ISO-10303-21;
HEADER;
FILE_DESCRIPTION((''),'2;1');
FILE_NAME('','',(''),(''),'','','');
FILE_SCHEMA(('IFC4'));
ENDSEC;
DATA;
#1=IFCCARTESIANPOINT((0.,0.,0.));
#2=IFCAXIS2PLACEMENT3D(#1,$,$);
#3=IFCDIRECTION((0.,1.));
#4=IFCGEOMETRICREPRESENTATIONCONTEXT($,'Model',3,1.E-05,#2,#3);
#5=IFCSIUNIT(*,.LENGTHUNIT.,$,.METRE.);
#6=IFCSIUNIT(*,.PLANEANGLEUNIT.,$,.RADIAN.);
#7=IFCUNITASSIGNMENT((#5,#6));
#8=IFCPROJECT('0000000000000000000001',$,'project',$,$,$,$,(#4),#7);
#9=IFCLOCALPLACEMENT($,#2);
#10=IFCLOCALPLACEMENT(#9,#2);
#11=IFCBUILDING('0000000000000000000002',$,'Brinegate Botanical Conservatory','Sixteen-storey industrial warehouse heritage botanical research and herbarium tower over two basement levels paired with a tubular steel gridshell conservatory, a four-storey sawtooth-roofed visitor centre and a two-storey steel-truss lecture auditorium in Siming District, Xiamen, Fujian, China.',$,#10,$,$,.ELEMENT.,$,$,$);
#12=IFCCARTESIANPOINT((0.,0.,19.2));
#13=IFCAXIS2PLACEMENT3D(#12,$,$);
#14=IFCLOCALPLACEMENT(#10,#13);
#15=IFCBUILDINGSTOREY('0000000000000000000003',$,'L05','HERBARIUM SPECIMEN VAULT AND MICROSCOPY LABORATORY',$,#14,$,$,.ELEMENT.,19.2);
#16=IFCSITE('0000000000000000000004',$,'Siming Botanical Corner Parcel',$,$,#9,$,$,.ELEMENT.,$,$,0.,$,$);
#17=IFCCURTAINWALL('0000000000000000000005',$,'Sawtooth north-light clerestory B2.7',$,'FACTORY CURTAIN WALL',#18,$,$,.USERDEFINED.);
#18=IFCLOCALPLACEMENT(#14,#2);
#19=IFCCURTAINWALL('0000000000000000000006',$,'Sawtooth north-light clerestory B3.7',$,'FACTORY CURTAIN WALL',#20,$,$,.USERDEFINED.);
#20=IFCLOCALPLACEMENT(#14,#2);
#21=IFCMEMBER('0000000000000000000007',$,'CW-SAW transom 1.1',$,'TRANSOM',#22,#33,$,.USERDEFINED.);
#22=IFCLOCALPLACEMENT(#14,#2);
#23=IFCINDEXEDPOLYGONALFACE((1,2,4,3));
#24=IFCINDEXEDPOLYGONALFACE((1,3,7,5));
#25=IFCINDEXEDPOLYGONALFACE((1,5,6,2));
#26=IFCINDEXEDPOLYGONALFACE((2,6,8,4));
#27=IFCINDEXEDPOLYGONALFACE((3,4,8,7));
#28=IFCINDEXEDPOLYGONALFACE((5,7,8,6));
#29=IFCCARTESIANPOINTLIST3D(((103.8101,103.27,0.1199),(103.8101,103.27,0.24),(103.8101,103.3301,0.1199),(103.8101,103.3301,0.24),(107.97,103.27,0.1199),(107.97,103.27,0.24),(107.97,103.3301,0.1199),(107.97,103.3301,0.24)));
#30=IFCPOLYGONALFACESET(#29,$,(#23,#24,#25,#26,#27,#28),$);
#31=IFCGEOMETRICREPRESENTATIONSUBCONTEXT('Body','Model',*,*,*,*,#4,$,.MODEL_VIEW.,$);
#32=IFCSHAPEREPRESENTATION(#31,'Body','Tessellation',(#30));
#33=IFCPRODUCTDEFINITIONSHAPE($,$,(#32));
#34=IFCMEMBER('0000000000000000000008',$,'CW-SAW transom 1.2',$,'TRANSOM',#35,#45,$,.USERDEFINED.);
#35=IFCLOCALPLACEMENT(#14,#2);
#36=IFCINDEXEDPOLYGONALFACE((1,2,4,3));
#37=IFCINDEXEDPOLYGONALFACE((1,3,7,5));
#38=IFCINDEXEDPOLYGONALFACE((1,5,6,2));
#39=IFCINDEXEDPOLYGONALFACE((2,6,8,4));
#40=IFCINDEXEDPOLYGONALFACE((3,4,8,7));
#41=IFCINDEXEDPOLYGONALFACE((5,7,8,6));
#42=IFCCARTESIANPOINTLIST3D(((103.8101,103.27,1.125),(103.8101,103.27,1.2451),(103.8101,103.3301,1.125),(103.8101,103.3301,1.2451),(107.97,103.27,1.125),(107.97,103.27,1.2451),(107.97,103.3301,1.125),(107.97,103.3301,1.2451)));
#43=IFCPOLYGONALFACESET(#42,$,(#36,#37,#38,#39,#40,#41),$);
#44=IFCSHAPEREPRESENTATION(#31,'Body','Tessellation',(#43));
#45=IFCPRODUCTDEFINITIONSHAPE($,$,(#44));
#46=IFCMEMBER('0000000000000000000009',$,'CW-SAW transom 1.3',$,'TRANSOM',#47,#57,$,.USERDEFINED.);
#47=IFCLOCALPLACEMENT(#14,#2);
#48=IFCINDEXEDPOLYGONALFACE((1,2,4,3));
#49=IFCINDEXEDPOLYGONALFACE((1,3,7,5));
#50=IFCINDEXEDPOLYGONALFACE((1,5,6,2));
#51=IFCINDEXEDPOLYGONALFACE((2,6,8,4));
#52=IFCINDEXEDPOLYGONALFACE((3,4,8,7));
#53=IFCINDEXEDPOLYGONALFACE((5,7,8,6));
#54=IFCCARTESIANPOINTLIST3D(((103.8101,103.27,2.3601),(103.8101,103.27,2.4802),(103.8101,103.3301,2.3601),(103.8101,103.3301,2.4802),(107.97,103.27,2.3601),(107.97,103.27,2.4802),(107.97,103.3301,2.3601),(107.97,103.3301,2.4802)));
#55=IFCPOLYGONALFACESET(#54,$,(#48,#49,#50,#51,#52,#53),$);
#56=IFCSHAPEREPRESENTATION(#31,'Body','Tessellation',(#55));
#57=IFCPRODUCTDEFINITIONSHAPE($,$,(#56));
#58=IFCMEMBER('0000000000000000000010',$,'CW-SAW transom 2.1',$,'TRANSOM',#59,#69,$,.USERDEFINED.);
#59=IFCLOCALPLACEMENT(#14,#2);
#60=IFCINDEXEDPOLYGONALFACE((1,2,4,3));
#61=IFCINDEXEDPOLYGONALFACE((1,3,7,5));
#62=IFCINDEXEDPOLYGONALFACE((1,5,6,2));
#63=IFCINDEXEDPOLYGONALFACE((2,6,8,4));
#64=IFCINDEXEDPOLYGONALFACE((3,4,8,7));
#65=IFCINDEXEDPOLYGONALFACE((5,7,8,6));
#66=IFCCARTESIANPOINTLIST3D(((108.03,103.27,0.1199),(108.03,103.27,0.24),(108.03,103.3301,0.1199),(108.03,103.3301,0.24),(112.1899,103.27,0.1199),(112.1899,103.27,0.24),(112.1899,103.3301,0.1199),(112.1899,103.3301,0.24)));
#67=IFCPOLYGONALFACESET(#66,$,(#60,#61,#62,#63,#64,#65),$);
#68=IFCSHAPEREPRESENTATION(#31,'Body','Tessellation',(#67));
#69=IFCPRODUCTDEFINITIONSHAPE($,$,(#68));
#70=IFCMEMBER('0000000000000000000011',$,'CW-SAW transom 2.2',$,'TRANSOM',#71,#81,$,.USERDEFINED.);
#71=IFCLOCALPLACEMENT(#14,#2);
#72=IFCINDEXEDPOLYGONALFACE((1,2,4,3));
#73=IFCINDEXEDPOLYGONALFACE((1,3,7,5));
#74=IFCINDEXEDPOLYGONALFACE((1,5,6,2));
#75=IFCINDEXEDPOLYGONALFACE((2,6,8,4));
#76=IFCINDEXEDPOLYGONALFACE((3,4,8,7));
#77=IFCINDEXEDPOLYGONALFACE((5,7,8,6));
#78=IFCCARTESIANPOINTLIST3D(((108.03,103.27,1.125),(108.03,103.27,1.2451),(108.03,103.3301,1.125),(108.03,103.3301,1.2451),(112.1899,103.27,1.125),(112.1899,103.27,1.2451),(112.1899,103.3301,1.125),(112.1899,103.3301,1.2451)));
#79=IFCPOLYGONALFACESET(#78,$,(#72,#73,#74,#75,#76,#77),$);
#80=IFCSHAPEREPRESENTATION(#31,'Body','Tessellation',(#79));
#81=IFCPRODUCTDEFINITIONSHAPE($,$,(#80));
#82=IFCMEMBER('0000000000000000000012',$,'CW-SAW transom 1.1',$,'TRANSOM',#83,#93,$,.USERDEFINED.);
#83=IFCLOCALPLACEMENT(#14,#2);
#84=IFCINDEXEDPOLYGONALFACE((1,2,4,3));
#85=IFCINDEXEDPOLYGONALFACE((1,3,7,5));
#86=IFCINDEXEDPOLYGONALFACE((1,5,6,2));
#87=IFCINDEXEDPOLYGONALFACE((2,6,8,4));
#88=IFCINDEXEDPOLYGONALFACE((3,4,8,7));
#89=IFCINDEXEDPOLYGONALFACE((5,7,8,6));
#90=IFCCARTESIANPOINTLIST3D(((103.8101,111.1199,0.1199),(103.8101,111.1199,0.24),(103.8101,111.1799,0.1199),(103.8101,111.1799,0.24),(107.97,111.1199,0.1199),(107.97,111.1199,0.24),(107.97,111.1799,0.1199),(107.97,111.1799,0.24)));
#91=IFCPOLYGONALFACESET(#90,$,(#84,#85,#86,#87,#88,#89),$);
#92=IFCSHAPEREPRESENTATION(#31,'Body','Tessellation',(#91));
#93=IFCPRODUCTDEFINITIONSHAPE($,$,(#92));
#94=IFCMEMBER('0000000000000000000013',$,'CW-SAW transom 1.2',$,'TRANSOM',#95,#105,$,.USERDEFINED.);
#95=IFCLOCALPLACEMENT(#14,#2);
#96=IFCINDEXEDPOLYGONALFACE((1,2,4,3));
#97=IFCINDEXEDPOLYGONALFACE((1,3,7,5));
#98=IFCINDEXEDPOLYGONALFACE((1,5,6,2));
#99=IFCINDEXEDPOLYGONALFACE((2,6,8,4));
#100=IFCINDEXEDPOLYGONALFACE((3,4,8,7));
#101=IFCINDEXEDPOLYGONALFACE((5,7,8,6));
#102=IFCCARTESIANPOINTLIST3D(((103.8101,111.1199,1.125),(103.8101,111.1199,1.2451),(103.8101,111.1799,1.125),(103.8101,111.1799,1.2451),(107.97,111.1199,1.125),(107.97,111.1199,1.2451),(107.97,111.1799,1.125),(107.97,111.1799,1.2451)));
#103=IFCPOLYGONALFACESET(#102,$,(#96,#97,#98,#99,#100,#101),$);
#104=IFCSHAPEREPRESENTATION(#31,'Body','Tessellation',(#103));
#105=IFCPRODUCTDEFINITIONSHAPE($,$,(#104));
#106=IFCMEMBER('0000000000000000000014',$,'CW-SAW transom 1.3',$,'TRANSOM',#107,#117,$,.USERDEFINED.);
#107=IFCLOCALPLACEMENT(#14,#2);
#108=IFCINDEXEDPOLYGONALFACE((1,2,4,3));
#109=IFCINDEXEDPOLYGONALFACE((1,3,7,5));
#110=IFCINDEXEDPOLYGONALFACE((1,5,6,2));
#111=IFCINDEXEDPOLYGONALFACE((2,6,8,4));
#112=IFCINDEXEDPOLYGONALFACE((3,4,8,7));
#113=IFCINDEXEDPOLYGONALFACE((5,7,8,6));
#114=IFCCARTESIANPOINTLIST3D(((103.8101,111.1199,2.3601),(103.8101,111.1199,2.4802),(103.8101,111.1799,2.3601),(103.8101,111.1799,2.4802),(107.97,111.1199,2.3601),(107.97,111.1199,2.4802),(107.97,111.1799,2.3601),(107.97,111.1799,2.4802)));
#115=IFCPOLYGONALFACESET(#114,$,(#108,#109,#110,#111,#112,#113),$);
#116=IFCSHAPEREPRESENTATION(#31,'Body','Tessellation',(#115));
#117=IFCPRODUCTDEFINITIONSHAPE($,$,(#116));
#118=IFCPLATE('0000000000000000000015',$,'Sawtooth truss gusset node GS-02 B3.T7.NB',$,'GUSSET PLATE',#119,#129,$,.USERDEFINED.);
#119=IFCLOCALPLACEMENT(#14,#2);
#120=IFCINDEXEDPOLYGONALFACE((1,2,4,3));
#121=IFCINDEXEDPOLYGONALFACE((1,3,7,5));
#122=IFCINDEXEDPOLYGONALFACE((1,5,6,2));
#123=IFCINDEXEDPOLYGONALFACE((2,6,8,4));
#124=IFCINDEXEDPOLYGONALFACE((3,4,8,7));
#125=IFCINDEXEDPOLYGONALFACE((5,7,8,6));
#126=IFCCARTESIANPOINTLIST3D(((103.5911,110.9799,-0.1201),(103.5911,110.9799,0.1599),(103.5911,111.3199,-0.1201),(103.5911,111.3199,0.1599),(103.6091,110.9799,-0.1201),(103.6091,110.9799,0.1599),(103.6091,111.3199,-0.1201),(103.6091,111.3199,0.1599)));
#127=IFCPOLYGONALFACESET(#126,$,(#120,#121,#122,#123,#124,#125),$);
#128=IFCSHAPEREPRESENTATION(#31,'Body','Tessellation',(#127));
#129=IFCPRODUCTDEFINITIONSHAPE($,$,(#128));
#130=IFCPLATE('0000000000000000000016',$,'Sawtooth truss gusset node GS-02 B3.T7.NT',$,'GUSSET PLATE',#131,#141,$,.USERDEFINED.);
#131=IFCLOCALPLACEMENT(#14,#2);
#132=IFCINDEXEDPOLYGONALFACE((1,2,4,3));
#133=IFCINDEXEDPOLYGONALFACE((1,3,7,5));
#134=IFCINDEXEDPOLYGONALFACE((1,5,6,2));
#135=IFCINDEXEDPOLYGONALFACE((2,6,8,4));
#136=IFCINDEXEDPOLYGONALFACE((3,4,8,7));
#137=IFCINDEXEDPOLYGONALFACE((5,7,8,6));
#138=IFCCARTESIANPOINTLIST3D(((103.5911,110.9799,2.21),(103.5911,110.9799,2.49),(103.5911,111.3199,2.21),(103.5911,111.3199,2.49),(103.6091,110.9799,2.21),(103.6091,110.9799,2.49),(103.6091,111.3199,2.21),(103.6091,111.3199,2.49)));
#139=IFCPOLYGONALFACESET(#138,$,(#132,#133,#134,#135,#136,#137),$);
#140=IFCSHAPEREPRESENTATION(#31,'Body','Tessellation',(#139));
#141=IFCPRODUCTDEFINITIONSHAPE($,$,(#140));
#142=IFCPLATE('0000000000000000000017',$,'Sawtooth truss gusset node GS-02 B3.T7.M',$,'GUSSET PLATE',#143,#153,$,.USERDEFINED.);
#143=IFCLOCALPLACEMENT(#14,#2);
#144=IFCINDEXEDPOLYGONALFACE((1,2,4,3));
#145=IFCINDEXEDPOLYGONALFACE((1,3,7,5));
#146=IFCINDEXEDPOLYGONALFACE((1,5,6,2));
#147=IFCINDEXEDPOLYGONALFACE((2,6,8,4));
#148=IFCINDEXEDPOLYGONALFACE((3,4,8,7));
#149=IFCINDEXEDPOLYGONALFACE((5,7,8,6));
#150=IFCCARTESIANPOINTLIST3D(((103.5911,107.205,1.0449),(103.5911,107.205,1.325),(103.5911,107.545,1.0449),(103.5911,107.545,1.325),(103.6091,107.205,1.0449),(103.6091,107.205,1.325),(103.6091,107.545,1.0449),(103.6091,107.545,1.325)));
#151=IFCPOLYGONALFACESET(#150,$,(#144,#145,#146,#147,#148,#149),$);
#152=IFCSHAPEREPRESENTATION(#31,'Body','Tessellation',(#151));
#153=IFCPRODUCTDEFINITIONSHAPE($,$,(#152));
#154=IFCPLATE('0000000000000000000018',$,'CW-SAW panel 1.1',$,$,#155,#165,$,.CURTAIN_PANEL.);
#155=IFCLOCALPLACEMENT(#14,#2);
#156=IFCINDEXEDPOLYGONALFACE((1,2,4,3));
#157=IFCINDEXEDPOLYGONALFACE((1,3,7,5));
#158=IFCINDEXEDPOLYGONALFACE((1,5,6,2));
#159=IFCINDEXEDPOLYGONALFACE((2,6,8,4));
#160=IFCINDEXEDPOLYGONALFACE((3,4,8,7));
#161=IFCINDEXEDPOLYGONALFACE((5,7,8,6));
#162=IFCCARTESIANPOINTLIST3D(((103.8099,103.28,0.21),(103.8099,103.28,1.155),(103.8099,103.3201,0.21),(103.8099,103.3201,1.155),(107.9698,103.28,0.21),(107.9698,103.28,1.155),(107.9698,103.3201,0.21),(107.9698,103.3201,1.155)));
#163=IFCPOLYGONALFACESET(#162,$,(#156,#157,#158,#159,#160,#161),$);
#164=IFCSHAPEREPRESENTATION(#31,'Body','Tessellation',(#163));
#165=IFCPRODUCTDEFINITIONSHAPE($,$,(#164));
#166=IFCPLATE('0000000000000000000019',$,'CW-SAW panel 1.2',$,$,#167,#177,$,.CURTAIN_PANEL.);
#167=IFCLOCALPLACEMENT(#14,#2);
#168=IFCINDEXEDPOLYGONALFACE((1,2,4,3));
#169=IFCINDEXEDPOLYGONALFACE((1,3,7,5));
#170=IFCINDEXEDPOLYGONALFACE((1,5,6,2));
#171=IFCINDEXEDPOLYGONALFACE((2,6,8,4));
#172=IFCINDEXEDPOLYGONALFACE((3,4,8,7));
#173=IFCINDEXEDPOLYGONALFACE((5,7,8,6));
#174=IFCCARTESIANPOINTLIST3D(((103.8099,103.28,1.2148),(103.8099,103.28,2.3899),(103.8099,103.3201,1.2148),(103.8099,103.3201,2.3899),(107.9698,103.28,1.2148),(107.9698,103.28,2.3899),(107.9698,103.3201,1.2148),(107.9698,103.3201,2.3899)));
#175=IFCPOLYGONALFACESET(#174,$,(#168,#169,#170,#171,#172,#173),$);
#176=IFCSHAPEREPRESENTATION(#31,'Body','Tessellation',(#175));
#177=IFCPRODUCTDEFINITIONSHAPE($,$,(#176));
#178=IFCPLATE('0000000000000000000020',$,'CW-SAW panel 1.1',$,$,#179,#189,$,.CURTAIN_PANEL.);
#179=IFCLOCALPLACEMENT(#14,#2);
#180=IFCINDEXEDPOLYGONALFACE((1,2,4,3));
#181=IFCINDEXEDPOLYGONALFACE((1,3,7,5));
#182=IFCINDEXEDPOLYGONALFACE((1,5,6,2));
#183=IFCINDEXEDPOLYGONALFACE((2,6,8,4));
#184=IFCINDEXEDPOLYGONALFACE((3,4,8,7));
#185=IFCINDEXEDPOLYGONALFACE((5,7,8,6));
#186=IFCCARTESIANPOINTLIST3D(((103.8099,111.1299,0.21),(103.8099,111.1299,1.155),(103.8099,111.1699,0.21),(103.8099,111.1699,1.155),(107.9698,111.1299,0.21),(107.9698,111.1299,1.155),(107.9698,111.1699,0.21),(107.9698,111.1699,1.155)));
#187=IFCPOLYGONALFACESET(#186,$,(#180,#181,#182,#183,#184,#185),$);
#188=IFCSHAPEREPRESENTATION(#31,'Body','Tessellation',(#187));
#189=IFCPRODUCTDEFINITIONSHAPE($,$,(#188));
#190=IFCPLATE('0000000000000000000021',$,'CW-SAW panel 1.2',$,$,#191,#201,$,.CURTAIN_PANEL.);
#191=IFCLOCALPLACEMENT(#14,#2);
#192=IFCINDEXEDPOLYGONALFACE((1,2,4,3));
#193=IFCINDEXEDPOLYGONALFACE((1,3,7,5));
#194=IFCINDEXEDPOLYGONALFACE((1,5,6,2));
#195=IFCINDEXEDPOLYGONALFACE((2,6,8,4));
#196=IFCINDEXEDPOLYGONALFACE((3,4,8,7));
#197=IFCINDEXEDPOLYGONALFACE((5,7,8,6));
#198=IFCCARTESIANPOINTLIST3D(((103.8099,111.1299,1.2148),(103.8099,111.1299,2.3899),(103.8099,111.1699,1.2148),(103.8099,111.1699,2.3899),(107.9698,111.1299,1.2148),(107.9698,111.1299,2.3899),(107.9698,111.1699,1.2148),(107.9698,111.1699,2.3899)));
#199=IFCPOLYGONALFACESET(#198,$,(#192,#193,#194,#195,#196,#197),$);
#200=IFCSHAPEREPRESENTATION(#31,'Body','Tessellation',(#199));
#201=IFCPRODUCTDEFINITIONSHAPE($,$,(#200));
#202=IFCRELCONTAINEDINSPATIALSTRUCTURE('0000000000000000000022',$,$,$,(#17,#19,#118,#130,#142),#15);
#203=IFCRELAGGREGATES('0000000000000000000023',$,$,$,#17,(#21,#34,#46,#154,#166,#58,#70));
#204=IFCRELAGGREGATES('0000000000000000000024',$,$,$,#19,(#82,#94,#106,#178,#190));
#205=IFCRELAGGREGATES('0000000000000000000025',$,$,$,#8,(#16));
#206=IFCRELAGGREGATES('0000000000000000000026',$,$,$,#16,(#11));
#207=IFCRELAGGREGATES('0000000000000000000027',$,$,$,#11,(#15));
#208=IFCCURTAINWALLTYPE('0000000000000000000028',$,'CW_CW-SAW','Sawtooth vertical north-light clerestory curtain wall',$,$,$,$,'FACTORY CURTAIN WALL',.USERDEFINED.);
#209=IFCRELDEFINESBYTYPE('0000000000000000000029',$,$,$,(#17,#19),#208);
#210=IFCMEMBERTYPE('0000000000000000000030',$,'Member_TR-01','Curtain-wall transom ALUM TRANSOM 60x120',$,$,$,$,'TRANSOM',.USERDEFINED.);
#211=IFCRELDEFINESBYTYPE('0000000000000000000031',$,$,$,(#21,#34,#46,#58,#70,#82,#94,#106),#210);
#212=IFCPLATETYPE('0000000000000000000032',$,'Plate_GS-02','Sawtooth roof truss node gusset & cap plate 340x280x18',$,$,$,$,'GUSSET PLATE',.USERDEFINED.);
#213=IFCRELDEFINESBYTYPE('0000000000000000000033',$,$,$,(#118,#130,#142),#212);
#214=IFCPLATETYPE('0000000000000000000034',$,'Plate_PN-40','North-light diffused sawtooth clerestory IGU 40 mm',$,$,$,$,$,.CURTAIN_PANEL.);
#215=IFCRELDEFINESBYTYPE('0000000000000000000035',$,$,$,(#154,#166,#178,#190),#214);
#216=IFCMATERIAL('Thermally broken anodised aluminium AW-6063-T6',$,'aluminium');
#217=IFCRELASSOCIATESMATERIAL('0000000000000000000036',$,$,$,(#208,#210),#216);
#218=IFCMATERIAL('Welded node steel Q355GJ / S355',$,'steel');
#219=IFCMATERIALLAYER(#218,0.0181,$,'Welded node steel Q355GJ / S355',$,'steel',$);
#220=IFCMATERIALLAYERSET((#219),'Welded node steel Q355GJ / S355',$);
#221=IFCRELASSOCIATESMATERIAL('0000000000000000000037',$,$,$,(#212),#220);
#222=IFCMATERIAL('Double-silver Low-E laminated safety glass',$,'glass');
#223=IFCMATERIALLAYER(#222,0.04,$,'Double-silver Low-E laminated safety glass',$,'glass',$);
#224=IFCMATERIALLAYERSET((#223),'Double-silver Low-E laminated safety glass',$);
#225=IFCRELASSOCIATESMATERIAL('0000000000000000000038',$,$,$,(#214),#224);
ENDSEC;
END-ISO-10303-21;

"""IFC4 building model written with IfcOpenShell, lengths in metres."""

from ifc_helpers import new_model, si_unit, direction, frame, origin, origin_2d, place, context, subcontext, project, spatial, rectangle, extrude, material, layer, layer_set, material_profile, profile_set, type_object, element, aggregate, save


model = new_model("IFC4")

# Units and contexts
model_context = context("Model", 3, precision=1e-05, world=origin(), true_north=direction((0.0, 1.0)))
body_context = subcontext(model_context, "Body", "Model", "MODEL_VIEW")
ifc_project = project(units=[si_unit("LENGTHUNIT", "METRE"), si_unit("PLANEANGLEUNIT", "RADIAN")], contexts=[model_context])

# Site, building, storey
site_placement = place(None, origin())
site = spatial("IfcSite", under=ifc_project, at=site_placement, Name="Siming Botanical Corner Parcel", CompositionType="ELEMENT", RefElevation=0.0)
building_placement = place(site_placement, origin())
building = spatial("IfcBuilding", under=site, at=building_placement, Name="Brinegate Botanical Conservatory", Description="Sixteen-storey industrial warehouse heritage botanical research and herbarium tower over two basement levels paired with a tubular steel gridshell conservatory, a four-storey sawtooth-roofed visitor centre and a two-storey steel-truss lecture auditorium in Siming District, Xiamen, Fujian, China.", CompositionType="ELEMENT")
storey_placement = place(building_placement, frame((0.0, 0.0, 19.2)))
storey = spatial("IfcBuildingStorey", under=building, at=storey_placement, Name="L05", Description="HERBARIUM SPECIMEN VAULT AND MICROSCOPY LABORATORY", CompositionType="ELEMENT", Elevation=19.2)

# Curtain walls
ifc_material_1 = material(Name="Thermally broken anodised aluminium AW-6063-T6", Category="aluminium")
curtain_wall_type = type_object("IfcCurtainWallType", Name="CW_CW-SAW", Description="Sawtooth vertical north-light clerestory curtain wall", ElementType="FACTORY CURTAIN WALL", PredefinedType="USERDEFINED", material=ifc_material_1)
curtain_wall_1_placement = place(storey_placement, origin())
curtain_wall_1 = element("IfcCurtainWall", 1, at=curtain_wall_1_placement, inside=storey, type_object=curtain_wall_type, Name="Sawtooth north-light clerestory B2.7", ObjectType="FACTORY CURTAIN WALL", PredefinedType="USERDEFINED")
curtain_wall_2_placement = place(storey_placement, origin())
curtain_wall_2 = element("IfcCurtainWall", 2, at=curtain_wall_2_placement, inside=storey, type_object=curtain_wall_type, Name="Sawtooth north-light clerestory B3.7", ObjectType="FACTORY CURTAIN WALL", PredefinedType="USERDEFINED")

# Members
ifc_material_profile_1 = material_profile(ifc_material_1, rectangle(XDim=0.0601, YDim=0.1201, at=origin_2d()), Name="ALUM TRANSOM 60x120")
ifc_profile_set_1 = profile_set([ifc_material_profile_1], Name="Thermally broken anodised aluminium AW-6063-T6")
member_type_1 = type_object("IfcMemberType", Name="Member_TR-01", Description="Curtain-wall transom ALUM TRANSOM 60x120", ElementType="TRANSOM", PredefinedType="USERDEFINED", material=ifc_profile_set_1)
member_1_placement = place(storey_placement, frame((103.8101, 103.3, 0.1799), z_axis=(1.0, 0.0, 0.0), x_axis=(0.0, 1.0, 0.0)))
member_1 = element("IfcMember", 3, at=member_1_placement, type_object=member_type_1, Name="CW-SAW transom 1.1", ObjectType="TRANSOM", PredefinedType="USERDEFINED", context=body_context, shape_type="SweptSolid", body=[
    extrude(rectangle(XDim=0.0601, YDim=0.1201, at=origin_2d()), origin(), (0.0, 0.0, 1.0), 4.1599),
])
member_2_placement = place(storey_placement, frame((103.8101, 103.3, 1.1851), z_axis=(1.0, 0.0, 0.0), x_axis=(0.0, 1.0, 0.0)))
member_2 = element("IfcMember", 4, at=member_2_placement, type_object=member_type_1, Name="CW-SAW transom 1.2", ObjectType="TRANSOM", PredefinedType="USERDEFINED", context=body_context, shape_type="SweptSolid", body=[
    extrude(rectangle(XDim=0.0601, YDim=0.1201, at=origin_2d()), origin(), (0.0, 0.0, 1.0), 4.1599),
])
member_3_placement = place(storey_placement, frame((103.8101, 103.3, 2.4202), z_axis=(1.0, 0.0, 0.0), x_axis=(0.0, 1.0, 0.0)))
member_3 = element("IfcMember", 5, at=member_3_placement, type_object=member_type_1, Name="CW-SAW transom 1.3", ObjectType="TRANSOM", PredefinedType="USERDEFINED", context=body_context, shape_type="SweptSolid", body=[
    extrude(rectangle(XDim=0.0601, YDim=0.1201, at=origin_2d()), origin(), (0.0, 0.0, 1.0), 4.1599),
])
member_4_placement = place(storey_placement, frame((108.03, 103.3, 0.1799), z_axis=(1.0, 0.0, 0.0), x_axis=(0.0, 1.0, 0.0)))
member_4 = element("IfcMember", 6, at=member_4_placement, type_object=member_type_1, Name="CW-SAW transom 2.1", ObjectType="TRANSOM", PredefinedType="USERDEFINED", context=body_context, shape_type="SweptSolid", body=[
    extrude(rectangle(XDim=0.0601, YDim=0.1201, at=origin_2d()), origin(), (0.0, 0.0, 1.0), 4.1599),
])
member_5_placement = place(storey_placement, frame((108.03, 103.3, 1.1851), z_axis=(1.0, 0.0, 0.0), x_axis=(0.0, 1.0, 0.0)))
member_5 = element("IfcMember", 7, at=member_5_placement, type_object=member_type_1, Name="CW-SAW transom 2.2", ObjectType="TRANSOM", PredefinedType="USERDEFINED", context=body_context, shape_type="SweptSolid", body=[
    extrude(rectangle(XDim=0.0601, YDim=0.1201, at=origin_2d()), origin(), (0.0, 0.0, 1.0), 4.1599),
])
member_6_placement = place(storey_placement, frame((103.8101, 111.1499, 0.1799), z_axis=(1.0, 0.0, 0.0), x_axis=(0.0, 1.0, 0.0)))
member_6 = element("IfcMember", 8, at=member_6_placement, type_object=member_type_1, Name="CW-SAW transom 1.1", ObjectType="TRANSOM", PredefinedType="USERDEFINED", context=body_context, shape_type="SweptSolid", body=[
    extrude(rectangle(XDim=0.0601, YDim=0.1201, at=origin_2d()), origin(), (0.0, 0.0, 1.0), 4.1599),
])
member_7_placement = place(storey_placement, frame((103.8101, 111.1499, 1.1851), z_axis=(1.0, 0.0, 0.0), x_axis=(0.0, 1.0, 0.0)))
member_7 = element("IfcMember", 9, at=member_7_placement, type_object=member_type_1, Name="CW-SAW transom 1.2", ObjectType="TRANSOM", PredefinedType="USERDEFINED", context=body_context, shape_type="SweptSolid", body=[
    extrude(rectangle(XDim=0.0601, YDim=0.1201, at=origin_2d()), origin(), (0.0, 0.0, 1.0), 4.1599),
])
member_8_placement = place(storey_placement, frame((103.8101, 111.1499, 2.4202), z_axis=(1.0, 0.0, 0.0), x_axis=(0.0, 1.0, 0.0)))
member_8 = element("IfcMember", 10, at=member_8_placement, type_object=member_type_1, Name="CW-SAW transom 1.3", ObjectType="TRANSOM", PredefinedType="USERDEFINED", context=body_context, shape_type="SweptSolid", body=[
    extrude(rectangle(XDim=0.0601, YDim=0.1201, at=origin_2d()), origin(), (0.0, 0.0, 1.0), 4.1599),
])

# Plates
ifc_material_2 = material(Name="Welded node steel Q355GJ / S355", Category="steel")
ifc_layer_1 = layer(ifc_material_2, 0.0181, Name="Welded node steel Q355GJ / S355", Category="steel")
ifc_layer_set_1 = layer_set([ifc_layer_1], Name="Welded node steel Q355GJ / S355")
plate_type_1 = type_object("IfcPlateType", Name="Plate_GS-02", Description="Sawtooth roof truss node gusset & cap plate 340x280x18", ElementType="GUSSET PLATE", PredefinedType="USERDEFINED", material=ifc_layer_set_1)
for number, where, z_axis, x_axis, name in (
    (11, (103.6001, 111.1499, -0.1201), (0.0, 0.0, 1.0), (1.0, 0.0, 0.0), "Sawtooth truss gusset node GS-02 B3.T7.NB"),
    (12, (103.6001, 111.1499, 2.21), (0.0, 0.0, 1.0), (1.0, 0.0, 0.0), "Sawtooth truss gusset node GS-02 B3.T7.NT"),
    (13, (103.6001, 107.375, 1.0449), (0.0, 0.0, 1.0), (1.0, 0.0, 0.0), "Sawtooth truss gusset node GS-02 B3.T7.M"),
):
    element("IfcPlate", number, at=place(storey_placement, frame(where, z_axis=z_axis, x_axis=x_axis)), inside=storey, type_object=plate_type_1, Name=name, ObjectType="GUSSET PLATE", PredefinedType="USERDEFINED", context=body_context, shape_type="SweptSolid", body=[
        extrude(rectangle(XDim=0.0181, YDim=0.3401, at=origin_2d()), origin(), (0.0, 0.0, 1.0), 0.28),
    ])

# Plates
ifc_material_3 = material(Name="Double-silver Low-E laminated safety glass", Category="glass")
ifc_layer_2 = layer(ifc_material_3, 0.04, Name="Double-silver Low-E laminated safety glass", Category="glass")
ifc_layer_set_2 = layer_set([ifc_layer_2], Name="Double-silver Low-E laminated safety glass")
plate_type_2 = type_object("IfcPlateType", Name="Plate_PN-40", Description="North-light diffused sawtooth clerestory IGU 40 mm", PredefinedType="CURTAIN_PANEL", material=ifc_layer_set_2)
plate_1_placement = place(storey_placement, frame((105.8899, 103.3, 0.21), z_axis=(0.0, 0.0, 1.0), x_axis=(1.0, 0.0, 0.0)))
plate_1 = element("IfcPlate", 14, at=plate_1_placement, type_object=plate_type_2, Name="CW-SAW panel 1.1", PredefinedType="CURTAIN_PANEL", context=body_context, shape_type="SweptSolid", body=[
    extrude(rectangle(XDim=4.1599, YDim=0.04, at=origin_2d()), origin(), (0.0, 0.0, 1.0), 0.9451),
])
plate_2_placement = place(storey_placement, frame((105.8899, 103.3, 1.2148), z_axis=(0.0, 0.0, 1.0), x_axis=(1.0, 0.0, 0.0)))
plate_2 = element("IfcPlate", 15, at=plate_2_placement, type_object=plate_type_2, Name="CW-SAW panel 1.2", PredefinedType="CURTAIN_PANEL", context=body_context, shape_type="SweptSolid", body=[
    extrude(rectangle(XDim=4.1599, YDim=0.04, at=origin_2d()), origin(), (0.0, 0.0, 1.0), 1.175),
])
aggregate(curtain_wall_1, [member_1, member_2, member_3, plate_1, plate_2, member_4, member_5])
plate_3_placement = place(storey_placement, frame((105.8899, 111.1499, 0.21), z_axis=(0.0, 0.0, 1.0), x_axis=(1.0, 0.0, 0.0)))
plate_3 = element("IfcPlate", 16, at=plate_3_placement, type_object=plate_type_2, Name="CW-SAW panel 1.1", PredefinedType="CURTAIN_PANEL", context=body_context, shape_type="SweptSolid", body=[
    extrude(rectangle(XDim=4.1599, YDim=0.04, at=origin_2d()), origin(), (0.0, 0.0, 1.0), 0.9451),
])
plate_4_placement = place(storey_placement, frame((105.8899, 111.1499, 1.2148), z_axis=(0.0, 0.0, 1.0), x_axis=(1.0, 0.0, 0.0)))
plate_4 = element("IfcPlate", 17, at=plate_4_placement, type_object=plate_type_2, Name="CW-SAW panel 1.2", PredefinedType="CURTAIN_PANEL", context=body_context, shape_type="SweptSolid", body=[
    extrude(rectangle(XDim=4.1599, YDim=0.04, at=origin_2d()), origin(), (0.0, 0.0, 1.0), 1.175),
])
aggregate(curtain_wall_2, [member_6, member_7, member_8, plate_3, plate_4])

save(model, "model.ifc")
